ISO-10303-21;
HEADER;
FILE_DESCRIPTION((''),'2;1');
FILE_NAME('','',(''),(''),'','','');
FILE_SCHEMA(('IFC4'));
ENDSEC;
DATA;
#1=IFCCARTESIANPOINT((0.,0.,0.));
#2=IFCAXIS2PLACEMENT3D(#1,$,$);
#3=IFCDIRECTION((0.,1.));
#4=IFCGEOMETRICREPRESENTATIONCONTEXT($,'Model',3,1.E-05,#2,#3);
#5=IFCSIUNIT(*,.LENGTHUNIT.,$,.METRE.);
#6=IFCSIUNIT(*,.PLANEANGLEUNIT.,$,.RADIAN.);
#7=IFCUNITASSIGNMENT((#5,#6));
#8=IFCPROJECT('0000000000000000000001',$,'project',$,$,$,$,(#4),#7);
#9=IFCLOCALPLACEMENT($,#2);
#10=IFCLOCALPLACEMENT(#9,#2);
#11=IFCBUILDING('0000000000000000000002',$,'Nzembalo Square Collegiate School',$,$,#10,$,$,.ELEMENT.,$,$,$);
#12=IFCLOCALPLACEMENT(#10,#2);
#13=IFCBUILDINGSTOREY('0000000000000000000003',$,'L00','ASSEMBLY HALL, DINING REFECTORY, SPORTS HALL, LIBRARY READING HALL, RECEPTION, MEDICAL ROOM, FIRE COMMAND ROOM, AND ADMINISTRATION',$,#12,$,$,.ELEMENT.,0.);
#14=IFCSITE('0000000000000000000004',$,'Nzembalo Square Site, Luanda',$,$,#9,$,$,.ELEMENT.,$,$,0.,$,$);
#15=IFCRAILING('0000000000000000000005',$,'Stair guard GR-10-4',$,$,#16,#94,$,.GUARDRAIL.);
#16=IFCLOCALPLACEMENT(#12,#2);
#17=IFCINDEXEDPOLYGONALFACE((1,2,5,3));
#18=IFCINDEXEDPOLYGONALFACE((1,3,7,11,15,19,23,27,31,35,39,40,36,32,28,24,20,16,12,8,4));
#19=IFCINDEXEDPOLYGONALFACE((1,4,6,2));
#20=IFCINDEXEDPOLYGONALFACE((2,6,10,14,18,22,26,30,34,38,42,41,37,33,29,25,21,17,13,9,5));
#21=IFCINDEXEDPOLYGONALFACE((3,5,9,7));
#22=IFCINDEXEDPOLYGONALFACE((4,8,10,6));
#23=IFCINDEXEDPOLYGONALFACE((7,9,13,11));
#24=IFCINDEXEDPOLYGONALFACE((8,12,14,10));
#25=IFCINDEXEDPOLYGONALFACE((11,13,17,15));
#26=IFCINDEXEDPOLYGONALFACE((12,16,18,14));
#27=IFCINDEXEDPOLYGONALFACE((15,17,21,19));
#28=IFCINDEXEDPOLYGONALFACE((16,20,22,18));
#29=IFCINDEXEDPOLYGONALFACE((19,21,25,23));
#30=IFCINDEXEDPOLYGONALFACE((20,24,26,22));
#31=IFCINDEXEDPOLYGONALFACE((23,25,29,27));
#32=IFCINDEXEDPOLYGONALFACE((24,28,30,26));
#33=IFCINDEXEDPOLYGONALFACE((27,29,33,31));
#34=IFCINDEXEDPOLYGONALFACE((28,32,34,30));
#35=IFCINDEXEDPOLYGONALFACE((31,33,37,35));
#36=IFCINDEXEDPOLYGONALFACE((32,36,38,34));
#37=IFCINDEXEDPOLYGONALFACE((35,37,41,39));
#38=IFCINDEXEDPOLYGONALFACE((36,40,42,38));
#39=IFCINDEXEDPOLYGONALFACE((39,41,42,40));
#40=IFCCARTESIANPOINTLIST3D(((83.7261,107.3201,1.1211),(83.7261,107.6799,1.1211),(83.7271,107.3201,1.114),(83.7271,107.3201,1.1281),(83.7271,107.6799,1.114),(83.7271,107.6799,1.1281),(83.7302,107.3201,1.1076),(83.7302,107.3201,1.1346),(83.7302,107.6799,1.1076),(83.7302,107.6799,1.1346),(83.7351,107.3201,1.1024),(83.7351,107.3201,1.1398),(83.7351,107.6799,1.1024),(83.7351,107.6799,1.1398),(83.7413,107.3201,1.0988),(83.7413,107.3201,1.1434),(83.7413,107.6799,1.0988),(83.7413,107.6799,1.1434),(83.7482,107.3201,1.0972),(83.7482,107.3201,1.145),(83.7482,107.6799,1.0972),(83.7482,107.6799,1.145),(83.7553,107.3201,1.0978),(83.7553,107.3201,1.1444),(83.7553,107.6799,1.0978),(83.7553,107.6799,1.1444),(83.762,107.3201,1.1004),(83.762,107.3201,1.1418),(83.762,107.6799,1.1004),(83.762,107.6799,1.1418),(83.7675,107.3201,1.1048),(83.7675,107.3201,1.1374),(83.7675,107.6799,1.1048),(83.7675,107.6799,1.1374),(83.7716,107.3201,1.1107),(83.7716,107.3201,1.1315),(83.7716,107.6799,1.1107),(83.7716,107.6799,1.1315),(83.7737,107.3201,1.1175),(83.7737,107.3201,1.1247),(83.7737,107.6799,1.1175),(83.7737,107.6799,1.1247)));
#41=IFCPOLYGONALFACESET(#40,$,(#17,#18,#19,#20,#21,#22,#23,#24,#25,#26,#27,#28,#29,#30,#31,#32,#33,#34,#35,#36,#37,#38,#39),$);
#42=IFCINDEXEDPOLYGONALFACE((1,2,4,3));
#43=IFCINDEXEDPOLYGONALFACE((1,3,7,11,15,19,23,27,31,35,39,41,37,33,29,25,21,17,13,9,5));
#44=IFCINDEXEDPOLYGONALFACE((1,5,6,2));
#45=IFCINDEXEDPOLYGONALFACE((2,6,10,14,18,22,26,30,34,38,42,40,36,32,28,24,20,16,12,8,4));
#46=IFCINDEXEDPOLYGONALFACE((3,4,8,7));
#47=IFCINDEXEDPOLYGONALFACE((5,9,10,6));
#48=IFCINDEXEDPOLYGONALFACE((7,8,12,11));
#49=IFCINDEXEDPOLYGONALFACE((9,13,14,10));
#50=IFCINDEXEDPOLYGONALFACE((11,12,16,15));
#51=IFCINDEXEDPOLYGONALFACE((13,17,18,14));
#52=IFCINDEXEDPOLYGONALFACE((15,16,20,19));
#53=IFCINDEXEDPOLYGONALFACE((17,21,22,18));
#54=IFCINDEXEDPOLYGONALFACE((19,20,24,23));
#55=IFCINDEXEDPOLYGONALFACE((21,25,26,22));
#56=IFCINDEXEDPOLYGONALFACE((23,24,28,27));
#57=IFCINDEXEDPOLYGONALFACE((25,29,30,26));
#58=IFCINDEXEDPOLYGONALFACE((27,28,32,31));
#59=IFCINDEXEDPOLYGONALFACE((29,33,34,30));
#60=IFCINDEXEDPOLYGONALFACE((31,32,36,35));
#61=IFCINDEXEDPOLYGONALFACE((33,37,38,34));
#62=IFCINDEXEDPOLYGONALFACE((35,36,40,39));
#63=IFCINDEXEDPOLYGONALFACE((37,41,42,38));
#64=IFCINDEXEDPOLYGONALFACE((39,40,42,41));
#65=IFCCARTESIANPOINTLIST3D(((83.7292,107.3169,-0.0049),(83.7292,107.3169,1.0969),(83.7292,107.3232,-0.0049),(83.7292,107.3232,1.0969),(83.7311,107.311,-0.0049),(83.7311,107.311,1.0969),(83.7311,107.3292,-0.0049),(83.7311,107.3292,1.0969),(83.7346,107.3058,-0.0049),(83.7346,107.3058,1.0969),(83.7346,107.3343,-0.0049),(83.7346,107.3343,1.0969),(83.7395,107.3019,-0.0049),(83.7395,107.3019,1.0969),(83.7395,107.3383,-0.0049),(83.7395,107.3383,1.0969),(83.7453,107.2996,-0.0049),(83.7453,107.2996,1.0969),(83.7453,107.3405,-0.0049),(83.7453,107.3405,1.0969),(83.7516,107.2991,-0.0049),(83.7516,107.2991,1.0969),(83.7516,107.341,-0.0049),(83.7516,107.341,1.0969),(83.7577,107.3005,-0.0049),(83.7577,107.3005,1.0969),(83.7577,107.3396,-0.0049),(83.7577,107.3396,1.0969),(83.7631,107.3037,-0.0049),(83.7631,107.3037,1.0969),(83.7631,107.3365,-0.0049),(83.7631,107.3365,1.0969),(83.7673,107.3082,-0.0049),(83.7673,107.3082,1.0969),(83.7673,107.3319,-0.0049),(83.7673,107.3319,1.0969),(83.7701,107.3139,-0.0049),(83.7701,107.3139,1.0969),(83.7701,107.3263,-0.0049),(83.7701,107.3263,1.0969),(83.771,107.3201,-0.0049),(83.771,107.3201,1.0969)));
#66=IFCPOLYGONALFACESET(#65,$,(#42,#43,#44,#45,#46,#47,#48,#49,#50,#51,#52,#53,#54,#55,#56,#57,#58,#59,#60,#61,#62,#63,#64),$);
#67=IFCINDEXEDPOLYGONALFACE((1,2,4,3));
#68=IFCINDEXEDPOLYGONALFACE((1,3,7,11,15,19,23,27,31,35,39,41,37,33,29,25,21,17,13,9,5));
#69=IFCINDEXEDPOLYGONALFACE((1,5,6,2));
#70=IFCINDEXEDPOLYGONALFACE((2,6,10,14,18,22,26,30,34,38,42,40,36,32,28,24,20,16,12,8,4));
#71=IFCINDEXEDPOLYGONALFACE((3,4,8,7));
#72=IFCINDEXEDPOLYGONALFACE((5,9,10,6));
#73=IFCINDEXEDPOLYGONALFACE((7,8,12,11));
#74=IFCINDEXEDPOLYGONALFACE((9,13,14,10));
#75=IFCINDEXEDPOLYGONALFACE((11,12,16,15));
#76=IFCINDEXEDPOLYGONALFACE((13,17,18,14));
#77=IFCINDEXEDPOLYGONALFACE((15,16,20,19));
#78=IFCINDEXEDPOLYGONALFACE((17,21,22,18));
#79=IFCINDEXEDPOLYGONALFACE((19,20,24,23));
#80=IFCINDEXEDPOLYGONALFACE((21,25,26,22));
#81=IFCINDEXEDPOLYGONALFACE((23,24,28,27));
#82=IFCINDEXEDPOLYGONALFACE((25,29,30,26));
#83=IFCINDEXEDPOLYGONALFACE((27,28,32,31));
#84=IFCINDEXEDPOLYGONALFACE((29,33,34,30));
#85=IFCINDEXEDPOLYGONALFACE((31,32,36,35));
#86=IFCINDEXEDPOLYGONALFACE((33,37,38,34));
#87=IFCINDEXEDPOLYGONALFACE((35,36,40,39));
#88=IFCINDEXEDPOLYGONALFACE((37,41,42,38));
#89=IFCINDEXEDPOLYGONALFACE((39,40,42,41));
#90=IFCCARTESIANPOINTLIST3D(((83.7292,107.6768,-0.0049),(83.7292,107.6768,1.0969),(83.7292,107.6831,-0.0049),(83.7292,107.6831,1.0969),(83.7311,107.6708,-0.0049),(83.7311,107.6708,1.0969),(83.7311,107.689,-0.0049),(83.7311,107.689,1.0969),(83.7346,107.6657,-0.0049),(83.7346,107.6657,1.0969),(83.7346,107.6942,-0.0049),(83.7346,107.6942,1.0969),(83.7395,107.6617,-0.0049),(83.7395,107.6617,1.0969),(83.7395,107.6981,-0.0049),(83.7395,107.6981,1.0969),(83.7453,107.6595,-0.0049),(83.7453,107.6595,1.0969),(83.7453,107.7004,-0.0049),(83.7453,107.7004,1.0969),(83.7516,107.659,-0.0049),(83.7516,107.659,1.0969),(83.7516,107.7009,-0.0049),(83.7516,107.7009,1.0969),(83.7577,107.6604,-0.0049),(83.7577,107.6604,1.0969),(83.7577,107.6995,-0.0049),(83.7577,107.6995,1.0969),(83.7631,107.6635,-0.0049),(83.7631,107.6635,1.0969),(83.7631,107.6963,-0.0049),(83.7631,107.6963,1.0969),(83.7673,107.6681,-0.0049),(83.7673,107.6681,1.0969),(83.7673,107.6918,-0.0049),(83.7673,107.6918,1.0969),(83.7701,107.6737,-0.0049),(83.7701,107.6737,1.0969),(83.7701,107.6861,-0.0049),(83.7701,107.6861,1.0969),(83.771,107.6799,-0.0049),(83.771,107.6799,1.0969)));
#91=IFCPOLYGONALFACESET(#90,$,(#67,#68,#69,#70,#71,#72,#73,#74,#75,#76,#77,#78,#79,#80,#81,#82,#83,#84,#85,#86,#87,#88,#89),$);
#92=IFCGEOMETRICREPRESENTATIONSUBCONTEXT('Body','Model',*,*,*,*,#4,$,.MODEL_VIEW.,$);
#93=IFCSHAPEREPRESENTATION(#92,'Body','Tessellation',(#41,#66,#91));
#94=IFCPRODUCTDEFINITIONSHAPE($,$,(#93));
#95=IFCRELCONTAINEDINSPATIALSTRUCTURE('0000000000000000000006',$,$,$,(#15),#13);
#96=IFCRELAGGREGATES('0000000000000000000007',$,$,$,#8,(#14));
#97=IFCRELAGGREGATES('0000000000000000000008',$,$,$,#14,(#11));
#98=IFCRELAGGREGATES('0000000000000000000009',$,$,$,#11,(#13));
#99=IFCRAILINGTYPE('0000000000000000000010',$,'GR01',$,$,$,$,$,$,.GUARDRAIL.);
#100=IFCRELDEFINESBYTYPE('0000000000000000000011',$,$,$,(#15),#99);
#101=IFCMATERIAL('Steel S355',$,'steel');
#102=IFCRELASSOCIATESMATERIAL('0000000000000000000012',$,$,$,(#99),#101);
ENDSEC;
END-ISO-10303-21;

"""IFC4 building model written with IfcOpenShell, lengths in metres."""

from ifc_helpers import new_model, si_unit, direction, frame, origin, origin_2d, place, context, subcontext, project, spatial, circle, extrude, material, type_object, element, save


model = new_model("IFC4")

# Units and contexts
model_context = context("Model", 3, precision=1e-05, world=origin(), true_north=direction((0.0, 1.0)))
body_context = subcontext(model_context, "Body", "Model", "MODEL_VIEW")
ifc_project = project(units=[si_unit("LENGTHUNIT", "METRE"), si_unit("PLANEANGLEUNIT", "RADIAN")], contexts=[model_context])

# Site, building, storey
site_placement = place(None, origin())
site = spatial("IfcSite", under=ifc_project, at=site_placement, Name="Nzembalo Square Site, Luanda", CompositionType="ELEMENT", RefElevation=0.0)
building_placement = place(site_placement, origin())
building = spatial("IfcBuilding", under=site, at=building_placement, Name="Nzembalo Square Collegiate School", CompositionType="ELEMENT")
storey_placement = place(building_placement, origin())
storey = spatial("IfcBuildingStorey", under=building, at=storey_placement, Name="L00", Description="ASSEMBLY HALL, DINING REFECTORY, SPORTS HALL, LIBRARY READING HALL, RECEPTION, MEDICAL ROOM, FIRE COMMAND ROOM, AND ADMINISTRATION", CompositionType="ELEMENT", Elevation=0.0)

# Railing
ifc_material_1 = material(Name="Steel S355", Category="steel")
railing_type_1 = type_object("IfcRailingType", Name="GR01", PredefinedType="GUARDRAIL", material=ifc_material_1)
railing_1_placement = place(storey_placement, frame((83.75, 107.3201, -0.0049)))
element("IfcRailing", 1, at=railing_1_placement, inside=storey, type_object=railing_type_1, Name="Stair guard GR-10-4", PredefinedType="GUARDRAIL", context=body_context, shape_type="SweptSolid", body=[
    extrude(circle(Radius=0.0239, at=origin_2d()), frame((0.0, 0.0, 1.126), z_axis=(0.0, 1.0, 0.0), x_axis=(-1.0, 0.0, 0.0)), (0.0, 0.0, 1.0), 0.3599),
    extrude(circle(Radius=0.021, at=origin_2d()), origin(), (0.0, 0.0, 1.0), 1.1018),
    extrude(circle(Radius=0.021, at=origin_2d()), frame((0.0, 0.3599, 0.0)), (0.0, 0.0, 1.0), 1.1018),
])

save(model, "model.ifc")
